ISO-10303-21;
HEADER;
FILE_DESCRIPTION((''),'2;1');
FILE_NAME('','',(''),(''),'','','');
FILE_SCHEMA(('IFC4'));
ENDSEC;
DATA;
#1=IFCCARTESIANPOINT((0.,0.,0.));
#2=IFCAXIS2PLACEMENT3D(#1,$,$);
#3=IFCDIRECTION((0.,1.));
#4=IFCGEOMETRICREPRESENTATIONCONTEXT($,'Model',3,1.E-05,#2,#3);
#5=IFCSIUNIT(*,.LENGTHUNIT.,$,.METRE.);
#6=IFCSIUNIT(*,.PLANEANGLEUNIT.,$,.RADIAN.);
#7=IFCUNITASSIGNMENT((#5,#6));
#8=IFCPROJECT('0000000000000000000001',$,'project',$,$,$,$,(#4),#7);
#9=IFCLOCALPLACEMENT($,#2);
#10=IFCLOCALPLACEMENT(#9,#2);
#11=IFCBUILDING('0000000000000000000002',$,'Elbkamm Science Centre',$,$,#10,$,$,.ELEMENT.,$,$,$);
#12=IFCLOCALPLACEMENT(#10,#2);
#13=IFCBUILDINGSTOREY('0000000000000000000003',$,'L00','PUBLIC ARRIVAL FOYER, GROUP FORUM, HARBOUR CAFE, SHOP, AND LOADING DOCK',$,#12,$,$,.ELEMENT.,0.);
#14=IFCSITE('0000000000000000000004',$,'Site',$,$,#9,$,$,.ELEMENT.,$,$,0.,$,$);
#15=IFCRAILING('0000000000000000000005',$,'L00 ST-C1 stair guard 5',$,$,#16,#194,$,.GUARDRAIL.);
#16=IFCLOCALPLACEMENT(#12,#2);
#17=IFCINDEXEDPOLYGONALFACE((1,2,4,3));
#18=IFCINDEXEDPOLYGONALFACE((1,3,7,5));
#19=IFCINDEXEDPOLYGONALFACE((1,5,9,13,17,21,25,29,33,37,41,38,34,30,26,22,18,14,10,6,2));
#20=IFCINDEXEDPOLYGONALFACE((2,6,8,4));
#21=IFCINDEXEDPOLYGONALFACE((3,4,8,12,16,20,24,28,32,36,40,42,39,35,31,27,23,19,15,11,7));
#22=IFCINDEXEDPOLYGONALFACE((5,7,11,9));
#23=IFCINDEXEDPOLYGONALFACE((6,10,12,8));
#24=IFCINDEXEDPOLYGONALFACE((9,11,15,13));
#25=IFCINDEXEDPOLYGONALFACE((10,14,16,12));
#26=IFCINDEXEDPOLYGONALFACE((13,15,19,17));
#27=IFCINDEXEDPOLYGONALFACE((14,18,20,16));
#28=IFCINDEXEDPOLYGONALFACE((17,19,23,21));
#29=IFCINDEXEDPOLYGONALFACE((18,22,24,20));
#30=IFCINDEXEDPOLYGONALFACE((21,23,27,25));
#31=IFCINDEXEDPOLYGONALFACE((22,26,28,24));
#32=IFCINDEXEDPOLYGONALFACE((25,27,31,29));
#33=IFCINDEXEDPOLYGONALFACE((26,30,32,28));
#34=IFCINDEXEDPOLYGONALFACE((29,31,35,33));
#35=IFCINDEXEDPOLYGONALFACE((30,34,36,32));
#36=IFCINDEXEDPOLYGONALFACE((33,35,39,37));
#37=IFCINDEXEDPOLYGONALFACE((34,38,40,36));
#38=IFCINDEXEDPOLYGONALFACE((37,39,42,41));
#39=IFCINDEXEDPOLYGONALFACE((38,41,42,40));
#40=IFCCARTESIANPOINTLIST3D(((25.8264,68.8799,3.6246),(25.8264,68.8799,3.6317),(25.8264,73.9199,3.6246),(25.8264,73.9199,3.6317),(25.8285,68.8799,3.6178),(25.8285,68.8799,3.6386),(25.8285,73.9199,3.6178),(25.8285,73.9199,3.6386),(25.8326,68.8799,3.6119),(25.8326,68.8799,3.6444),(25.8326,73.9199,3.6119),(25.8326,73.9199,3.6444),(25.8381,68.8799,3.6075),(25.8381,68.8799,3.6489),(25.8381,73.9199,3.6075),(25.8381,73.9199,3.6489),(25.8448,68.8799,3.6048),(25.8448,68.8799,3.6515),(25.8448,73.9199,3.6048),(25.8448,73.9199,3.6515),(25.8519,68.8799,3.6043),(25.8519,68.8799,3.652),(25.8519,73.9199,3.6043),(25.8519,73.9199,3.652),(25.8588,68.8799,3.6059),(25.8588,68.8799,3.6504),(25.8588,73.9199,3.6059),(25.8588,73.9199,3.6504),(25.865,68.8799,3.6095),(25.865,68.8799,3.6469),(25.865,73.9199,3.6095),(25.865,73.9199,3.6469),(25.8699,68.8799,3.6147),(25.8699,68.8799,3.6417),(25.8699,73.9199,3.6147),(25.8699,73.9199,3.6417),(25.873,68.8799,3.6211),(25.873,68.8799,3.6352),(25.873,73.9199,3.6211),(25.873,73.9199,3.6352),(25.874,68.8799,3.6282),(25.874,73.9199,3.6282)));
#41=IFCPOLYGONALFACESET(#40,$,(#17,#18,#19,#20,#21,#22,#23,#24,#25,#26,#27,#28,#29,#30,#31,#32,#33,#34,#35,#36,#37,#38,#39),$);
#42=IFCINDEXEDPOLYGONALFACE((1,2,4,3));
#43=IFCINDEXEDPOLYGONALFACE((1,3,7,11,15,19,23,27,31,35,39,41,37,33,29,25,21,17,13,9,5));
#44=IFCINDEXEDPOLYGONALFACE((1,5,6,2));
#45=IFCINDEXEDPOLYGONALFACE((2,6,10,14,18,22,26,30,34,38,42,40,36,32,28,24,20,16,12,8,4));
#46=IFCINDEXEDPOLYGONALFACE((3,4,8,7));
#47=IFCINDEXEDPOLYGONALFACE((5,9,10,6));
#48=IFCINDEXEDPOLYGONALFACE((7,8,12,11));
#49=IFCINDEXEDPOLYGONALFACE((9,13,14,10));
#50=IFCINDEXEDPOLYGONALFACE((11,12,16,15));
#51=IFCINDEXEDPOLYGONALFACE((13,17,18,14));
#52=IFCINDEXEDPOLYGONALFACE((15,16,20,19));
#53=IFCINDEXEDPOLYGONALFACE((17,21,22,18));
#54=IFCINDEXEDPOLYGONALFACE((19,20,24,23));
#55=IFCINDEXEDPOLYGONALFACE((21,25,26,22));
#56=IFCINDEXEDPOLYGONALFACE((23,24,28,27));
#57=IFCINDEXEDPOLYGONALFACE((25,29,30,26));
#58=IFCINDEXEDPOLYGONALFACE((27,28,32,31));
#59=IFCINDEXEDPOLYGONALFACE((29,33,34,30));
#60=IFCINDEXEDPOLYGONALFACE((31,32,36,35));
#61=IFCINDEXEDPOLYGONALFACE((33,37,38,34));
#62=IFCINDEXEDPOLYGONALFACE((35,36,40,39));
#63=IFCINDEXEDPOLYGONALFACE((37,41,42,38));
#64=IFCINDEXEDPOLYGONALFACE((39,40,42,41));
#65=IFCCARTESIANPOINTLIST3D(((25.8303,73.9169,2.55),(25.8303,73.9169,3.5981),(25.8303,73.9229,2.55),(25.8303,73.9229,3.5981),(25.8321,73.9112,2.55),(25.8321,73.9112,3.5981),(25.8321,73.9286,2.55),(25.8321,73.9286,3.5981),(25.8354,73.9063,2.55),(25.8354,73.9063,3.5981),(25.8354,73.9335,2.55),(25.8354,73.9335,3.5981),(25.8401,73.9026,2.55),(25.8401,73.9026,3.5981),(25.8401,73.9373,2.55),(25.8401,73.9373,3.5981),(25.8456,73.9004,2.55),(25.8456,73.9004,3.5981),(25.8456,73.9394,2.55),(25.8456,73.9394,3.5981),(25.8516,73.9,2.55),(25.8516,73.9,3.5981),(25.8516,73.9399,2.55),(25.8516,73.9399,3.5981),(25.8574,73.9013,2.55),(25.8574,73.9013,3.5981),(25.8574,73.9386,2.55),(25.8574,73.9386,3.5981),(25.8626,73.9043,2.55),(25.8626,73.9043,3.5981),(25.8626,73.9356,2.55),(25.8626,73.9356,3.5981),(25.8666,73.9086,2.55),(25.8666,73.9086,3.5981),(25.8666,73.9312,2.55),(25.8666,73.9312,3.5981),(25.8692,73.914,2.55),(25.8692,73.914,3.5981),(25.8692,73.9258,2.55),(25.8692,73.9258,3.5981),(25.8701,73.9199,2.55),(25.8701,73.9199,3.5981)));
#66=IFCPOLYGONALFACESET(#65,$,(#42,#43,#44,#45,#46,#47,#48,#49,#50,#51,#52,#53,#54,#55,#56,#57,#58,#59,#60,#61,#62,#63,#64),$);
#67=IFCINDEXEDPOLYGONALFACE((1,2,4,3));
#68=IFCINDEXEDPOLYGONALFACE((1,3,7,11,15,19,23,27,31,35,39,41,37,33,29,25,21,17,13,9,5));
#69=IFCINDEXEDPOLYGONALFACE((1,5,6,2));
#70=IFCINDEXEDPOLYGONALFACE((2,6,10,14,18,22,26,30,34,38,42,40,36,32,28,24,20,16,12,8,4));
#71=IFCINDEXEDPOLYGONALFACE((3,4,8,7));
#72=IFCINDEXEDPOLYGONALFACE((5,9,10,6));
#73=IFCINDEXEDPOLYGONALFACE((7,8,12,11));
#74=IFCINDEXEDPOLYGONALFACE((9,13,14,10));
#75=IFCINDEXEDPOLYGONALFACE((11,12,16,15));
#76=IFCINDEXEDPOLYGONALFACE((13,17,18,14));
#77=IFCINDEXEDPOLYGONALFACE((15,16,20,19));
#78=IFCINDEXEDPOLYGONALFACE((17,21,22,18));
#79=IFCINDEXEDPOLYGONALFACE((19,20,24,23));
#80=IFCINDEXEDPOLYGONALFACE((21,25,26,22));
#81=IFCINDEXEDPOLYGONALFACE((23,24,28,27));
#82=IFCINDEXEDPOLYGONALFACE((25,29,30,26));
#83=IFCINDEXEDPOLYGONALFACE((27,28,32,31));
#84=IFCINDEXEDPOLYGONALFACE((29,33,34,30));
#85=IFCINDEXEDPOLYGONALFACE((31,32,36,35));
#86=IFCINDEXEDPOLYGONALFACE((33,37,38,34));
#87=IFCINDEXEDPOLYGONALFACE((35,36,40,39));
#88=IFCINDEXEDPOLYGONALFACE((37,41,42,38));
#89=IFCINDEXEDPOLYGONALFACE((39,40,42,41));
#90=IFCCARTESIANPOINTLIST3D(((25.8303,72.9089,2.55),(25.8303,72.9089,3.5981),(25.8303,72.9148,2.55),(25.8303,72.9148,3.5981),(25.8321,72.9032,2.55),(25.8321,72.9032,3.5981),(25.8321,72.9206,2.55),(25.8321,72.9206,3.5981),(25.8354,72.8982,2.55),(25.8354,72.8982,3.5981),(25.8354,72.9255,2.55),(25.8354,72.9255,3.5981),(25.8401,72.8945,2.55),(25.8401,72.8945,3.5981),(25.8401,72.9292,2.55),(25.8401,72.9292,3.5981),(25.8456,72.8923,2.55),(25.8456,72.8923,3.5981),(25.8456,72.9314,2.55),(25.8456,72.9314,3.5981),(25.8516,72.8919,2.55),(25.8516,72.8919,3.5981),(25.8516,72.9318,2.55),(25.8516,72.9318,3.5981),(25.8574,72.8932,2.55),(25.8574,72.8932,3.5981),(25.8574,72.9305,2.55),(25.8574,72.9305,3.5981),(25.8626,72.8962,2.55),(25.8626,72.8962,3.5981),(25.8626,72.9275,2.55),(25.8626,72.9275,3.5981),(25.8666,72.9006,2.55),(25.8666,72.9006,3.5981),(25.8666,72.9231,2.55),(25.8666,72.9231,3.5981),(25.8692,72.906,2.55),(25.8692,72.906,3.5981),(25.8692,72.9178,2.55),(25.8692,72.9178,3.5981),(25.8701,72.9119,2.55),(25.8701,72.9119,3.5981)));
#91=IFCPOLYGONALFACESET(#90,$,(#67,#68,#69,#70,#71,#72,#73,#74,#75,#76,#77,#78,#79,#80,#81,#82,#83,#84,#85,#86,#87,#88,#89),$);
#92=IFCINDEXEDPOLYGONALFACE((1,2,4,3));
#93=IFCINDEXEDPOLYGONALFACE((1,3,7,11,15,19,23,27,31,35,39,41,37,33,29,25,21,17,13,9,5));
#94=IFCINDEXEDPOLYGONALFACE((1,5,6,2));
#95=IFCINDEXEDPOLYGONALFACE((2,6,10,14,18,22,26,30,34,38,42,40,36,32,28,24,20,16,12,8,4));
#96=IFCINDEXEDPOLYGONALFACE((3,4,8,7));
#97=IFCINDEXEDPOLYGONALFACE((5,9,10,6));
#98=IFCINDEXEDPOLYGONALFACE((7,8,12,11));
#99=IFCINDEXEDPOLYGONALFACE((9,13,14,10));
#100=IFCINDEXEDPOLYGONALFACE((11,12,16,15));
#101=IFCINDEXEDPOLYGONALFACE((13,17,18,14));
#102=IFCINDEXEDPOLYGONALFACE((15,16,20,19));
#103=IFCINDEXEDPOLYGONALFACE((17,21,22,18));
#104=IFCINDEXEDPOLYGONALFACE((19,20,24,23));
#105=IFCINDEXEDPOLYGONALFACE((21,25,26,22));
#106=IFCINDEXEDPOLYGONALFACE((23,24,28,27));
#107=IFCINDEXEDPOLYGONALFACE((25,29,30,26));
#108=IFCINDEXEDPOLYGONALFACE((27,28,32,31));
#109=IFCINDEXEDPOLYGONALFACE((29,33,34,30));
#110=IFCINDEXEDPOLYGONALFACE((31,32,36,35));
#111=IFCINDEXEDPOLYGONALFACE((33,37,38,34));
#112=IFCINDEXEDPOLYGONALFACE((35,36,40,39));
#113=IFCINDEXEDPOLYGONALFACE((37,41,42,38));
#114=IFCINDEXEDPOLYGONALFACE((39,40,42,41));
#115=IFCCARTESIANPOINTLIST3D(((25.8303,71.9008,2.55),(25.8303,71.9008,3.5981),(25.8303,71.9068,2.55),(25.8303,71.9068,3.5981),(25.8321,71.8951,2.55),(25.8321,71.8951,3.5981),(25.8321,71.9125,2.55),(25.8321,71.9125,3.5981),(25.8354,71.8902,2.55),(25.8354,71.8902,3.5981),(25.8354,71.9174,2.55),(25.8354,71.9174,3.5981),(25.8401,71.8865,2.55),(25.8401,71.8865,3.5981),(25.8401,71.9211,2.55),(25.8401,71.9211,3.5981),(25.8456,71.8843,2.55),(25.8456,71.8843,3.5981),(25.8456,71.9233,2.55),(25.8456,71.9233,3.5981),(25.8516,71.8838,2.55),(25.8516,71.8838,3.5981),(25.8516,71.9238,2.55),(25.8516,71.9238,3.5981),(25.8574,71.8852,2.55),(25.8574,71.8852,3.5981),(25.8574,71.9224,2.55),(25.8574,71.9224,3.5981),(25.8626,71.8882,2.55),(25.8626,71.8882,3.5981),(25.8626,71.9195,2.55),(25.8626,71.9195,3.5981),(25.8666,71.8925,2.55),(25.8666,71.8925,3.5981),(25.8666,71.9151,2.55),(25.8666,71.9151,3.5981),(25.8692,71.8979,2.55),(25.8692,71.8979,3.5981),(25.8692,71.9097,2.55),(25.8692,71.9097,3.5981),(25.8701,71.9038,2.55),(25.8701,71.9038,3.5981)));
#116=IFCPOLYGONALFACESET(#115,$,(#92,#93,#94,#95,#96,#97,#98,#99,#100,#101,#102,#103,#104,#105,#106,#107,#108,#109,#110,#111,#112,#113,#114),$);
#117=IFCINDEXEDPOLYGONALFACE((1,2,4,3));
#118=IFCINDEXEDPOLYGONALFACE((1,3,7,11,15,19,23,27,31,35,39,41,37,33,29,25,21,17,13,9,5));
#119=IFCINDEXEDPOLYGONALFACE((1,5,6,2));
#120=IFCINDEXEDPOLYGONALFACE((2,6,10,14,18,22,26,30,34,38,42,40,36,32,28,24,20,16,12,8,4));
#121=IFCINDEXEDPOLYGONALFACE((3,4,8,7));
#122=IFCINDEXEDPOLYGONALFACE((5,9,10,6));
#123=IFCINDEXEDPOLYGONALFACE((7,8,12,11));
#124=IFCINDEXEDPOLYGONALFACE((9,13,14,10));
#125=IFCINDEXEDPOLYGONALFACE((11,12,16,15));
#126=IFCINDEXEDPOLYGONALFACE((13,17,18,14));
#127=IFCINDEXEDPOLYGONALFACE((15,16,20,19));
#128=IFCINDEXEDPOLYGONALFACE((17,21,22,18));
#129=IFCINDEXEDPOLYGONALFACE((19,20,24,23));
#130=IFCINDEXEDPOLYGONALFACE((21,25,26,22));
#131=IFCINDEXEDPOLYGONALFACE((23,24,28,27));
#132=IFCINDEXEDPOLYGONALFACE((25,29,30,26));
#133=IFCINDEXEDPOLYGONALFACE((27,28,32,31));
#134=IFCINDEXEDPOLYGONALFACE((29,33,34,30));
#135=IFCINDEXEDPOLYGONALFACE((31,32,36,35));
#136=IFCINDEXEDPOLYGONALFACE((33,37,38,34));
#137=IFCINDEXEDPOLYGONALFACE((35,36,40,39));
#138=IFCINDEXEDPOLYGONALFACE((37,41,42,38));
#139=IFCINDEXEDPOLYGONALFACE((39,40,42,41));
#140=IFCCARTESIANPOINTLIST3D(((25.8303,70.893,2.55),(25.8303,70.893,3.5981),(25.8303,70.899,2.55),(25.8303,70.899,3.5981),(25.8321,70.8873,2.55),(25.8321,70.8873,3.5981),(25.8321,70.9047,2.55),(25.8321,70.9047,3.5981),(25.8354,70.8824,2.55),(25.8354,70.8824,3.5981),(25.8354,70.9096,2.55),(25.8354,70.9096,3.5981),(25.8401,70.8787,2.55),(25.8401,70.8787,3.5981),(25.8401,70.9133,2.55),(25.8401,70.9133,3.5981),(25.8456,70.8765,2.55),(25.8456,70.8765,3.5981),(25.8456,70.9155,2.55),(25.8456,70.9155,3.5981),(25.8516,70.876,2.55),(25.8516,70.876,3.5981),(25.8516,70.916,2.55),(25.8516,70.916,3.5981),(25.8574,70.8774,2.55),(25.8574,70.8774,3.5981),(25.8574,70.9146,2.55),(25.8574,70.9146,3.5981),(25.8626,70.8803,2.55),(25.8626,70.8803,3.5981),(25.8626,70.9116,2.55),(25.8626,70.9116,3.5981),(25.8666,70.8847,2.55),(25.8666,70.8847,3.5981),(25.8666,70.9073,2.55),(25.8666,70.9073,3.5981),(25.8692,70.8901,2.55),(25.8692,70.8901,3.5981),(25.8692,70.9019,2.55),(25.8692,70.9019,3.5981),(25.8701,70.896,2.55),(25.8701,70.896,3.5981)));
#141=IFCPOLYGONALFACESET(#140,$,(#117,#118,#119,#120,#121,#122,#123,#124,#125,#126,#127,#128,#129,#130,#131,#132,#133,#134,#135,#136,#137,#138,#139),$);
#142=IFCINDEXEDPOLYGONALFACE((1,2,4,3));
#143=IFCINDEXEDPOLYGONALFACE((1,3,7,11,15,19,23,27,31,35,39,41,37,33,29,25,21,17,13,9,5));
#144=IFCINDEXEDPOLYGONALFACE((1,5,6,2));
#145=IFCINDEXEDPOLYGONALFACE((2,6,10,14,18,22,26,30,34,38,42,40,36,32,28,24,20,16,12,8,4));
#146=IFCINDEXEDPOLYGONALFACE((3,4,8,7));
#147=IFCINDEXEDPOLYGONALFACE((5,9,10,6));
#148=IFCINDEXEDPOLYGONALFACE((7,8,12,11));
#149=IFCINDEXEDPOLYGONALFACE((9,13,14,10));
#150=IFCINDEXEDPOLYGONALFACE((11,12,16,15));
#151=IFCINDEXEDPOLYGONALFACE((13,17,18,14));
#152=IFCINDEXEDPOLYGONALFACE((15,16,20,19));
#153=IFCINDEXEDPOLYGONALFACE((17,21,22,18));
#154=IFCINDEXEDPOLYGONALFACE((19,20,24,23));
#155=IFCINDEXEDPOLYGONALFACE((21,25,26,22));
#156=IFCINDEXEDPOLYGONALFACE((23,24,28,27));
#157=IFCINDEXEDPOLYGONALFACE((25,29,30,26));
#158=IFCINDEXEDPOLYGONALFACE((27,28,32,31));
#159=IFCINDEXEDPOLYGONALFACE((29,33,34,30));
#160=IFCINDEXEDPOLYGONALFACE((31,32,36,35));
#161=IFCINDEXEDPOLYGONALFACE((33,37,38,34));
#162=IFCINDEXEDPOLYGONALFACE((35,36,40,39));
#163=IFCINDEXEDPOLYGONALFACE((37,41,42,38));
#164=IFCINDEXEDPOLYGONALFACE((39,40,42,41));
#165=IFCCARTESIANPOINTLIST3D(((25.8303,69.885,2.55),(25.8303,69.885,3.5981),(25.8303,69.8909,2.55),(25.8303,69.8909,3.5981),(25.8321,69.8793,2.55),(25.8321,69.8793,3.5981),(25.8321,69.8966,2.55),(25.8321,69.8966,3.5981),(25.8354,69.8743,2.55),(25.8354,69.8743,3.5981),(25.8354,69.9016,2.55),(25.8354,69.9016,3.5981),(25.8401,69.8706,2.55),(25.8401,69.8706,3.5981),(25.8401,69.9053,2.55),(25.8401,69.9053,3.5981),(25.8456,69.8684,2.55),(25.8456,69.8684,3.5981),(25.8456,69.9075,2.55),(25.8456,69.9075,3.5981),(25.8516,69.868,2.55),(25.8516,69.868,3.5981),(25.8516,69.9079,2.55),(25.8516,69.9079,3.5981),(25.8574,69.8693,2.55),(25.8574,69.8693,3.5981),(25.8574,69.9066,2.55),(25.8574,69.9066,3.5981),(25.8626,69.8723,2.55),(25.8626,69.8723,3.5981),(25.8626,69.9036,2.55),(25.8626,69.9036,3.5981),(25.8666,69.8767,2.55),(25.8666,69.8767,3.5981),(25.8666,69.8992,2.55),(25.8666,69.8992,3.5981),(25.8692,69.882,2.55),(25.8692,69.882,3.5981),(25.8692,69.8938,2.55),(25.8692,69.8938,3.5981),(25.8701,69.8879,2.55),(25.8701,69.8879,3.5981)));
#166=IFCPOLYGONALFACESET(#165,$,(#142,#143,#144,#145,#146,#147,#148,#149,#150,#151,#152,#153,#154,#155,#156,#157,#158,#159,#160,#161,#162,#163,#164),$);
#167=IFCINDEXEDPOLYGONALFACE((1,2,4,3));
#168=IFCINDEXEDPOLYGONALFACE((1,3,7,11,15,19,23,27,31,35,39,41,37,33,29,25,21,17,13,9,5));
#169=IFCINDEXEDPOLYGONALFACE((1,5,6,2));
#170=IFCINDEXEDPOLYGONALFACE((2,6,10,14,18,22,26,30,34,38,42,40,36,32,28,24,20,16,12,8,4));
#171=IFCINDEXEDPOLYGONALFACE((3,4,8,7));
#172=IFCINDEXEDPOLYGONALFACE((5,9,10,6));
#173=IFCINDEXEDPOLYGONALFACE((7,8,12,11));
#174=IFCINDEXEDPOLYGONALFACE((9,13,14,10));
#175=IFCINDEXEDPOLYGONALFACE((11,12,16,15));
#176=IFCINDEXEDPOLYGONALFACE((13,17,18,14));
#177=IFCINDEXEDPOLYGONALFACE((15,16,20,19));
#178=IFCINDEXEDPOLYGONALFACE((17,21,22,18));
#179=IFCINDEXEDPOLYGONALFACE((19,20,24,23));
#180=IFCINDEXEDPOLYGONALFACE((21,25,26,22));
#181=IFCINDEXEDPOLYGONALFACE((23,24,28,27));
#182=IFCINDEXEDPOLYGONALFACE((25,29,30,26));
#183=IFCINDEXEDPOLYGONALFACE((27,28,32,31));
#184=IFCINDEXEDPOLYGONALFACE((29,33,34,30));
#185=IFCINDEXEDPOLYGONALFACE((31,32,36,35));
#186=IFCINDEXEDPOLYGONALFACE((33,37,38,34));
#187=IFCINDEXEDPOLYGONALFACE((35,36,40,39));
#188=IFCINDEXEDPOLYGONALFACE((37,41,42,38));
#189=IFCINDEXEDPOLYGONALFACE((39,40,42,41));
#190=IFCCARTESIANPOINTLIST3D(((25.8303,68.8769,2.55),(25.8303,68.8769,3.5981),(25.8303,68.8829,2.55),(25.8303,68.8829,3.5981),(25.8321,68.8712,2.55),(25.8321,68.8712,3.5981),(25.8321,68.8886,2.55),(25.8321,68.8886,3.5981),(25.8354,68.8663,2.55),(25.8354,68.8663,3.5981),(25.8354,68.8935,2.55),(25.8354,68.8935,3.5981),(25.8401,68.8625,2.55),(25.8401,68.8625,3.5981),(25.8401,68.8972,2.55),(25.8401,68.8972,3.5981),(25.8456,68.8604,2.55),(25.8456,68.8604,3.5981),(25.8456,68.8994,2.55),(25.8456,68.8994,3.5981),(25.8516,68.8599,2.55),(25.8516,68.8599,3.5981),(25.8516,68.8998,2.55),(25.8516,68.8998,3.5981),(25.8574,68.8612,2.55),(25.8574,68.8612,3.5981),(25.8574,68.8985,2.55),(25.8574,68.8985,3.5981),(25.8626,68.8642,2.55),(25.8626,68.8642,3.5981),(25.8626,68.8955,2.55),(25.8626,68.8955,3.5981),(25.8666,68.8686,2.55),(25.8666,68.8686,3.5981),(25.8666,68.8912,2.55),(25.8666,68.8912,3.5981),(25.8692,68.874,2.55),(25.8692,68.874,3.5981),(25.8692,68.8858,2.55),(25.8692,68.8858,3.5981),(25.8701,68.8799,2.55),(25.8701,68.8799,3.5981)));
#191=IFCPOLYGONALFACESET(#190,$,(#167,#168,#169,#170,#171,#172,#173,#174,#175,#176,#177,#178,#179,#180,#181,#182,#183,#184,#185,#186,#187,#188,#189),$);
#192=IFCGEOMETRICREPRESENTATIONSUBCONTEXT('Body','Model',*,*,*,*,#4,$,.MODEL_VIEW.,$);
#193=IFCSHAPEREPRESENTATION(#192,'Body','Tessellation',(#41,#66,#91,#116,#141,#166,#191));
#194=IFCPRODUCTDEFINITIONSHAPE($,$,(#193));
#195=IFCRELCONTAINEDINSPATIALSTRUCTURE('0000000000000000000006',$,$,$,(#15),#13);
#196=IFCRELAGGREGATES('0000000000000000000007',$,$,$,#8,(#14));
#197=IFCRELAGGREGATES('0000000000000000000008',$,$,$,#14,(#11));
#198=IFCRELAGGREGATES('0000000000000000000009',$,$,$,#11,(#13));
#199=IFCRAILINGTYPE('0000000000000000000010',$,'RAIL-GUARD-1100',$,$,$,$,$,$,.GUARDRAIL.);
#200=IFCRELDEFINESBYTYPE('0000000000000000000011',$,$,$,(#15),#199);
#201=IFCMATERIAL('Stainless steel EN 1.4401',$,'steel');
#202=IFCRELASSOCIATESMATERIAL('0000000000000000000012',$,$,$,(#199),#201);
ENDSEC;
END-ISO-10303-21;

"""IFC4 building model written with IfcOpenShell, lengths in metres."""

from ifc_helpers import new_model, si_unit, direction, frame, origin, origin_2d, place, context, subcontext, project, spatial, circle, extrude, material, type_object, element, save


model = new_model("IFC4")

# Units and contexts
model_context = context("Model", 3, precision=1e-05, world=origin(), true_north=direction((0.0, 1.0)))
body_context = subcontext(model_context, "Body", "Model", "MODEL_VIEW")
ifc_project = project(units=[si_unit("LENGTHUNIT", "METRE"), si_unit("PLANEANGLEUNIT", "RADIAN")], contexts=[model_context])

# Site, building, storey
site_placement = place(None, origin())
site = spatial("IfcSite", under=ifc_project, at=site_placement, Name="Site", CompositionType="ELEMENT", RefElevation=0.0)
building_placement = place(site_placement, origin())
building = spatial("IfcBuilding", under=site, at=building_placement, Name="Elbkamm Science Centre", CompositionType="ELEMENT")
storey_placement = place(building_placement, origin())
storey = spatial("IfcBuildingStorey", under=building, at=storey_placement, Name="L00", Description="PUBLIC ARRIVAL FOYER, GROUP FORUM, HARBOUR CAFE, SHOP, AND LOADING DOCK", CompositionType="ELEMENT", Elevation=0.0)

# Railing
ifc_material_1 = material(Name="Stainless steel EN 1.4401", Category="steel")
railing_type_1 = type_object("IfcRailingType", Name="RAIL-GUARD-1100", PredefinedType="GUARDRAIL", material=ifc_material_1)
railing_1_placement = place(storey_placement, frame((25.8501, 73.9199, 2.55)))
element("IfcRailing", 1, at=railing_1_placement, inside=storey, type_object=railing_type_1, Name="L00 ST-C1 stair guard 5", PredefinedType="GUARDRAIL", context=body_context, shape_type="SweptSolid", body=[
    extrude(circle(Radius=0.0239, at=origin_2d()), frame((0.0, 0.0, 1.0781), z_axis=(0.0, -1.0, 0.0), x_axis=(1.0, 0.0, 0.0)), (0.0, 0.0, 1.0), 5.04),
    extrude(circle(Radius=0.02, at=origin_2d()), origin(), (0.0, 0.0, 1.0), 1.0481),
    extrude(circle(Radius=0.02, at=origin_2d()), frame((0.0, -1.0081, 0.0)), (0.0, 0.0, 1.0), 1.0481),
    extrude(circle(Radius=0.02, at=origin_2d()), frame((0.0, -2.0161, 0.0)), (0.0, 0.0, 1.0), 1.0481),
    extrude(circle(Radius=0.02, at=origin_2d()), frame((0.0, -3.0239, 0.0)), (0.0, 0.0, 1.0), 1.0481),
    extrude(circle(Radius=0.02, at=origin_2d()), frame((0.0, -4.032, 0.0)), (0.0, 0.0, 1.0), 1.0481),
    extrude(circle(Radius=0.02, at=origin_2d()), frame((0.0, -5.04, 0.0)), (0.0, 0.0, 1.0), 1.0481),
])

save(model, "model.ifc")
